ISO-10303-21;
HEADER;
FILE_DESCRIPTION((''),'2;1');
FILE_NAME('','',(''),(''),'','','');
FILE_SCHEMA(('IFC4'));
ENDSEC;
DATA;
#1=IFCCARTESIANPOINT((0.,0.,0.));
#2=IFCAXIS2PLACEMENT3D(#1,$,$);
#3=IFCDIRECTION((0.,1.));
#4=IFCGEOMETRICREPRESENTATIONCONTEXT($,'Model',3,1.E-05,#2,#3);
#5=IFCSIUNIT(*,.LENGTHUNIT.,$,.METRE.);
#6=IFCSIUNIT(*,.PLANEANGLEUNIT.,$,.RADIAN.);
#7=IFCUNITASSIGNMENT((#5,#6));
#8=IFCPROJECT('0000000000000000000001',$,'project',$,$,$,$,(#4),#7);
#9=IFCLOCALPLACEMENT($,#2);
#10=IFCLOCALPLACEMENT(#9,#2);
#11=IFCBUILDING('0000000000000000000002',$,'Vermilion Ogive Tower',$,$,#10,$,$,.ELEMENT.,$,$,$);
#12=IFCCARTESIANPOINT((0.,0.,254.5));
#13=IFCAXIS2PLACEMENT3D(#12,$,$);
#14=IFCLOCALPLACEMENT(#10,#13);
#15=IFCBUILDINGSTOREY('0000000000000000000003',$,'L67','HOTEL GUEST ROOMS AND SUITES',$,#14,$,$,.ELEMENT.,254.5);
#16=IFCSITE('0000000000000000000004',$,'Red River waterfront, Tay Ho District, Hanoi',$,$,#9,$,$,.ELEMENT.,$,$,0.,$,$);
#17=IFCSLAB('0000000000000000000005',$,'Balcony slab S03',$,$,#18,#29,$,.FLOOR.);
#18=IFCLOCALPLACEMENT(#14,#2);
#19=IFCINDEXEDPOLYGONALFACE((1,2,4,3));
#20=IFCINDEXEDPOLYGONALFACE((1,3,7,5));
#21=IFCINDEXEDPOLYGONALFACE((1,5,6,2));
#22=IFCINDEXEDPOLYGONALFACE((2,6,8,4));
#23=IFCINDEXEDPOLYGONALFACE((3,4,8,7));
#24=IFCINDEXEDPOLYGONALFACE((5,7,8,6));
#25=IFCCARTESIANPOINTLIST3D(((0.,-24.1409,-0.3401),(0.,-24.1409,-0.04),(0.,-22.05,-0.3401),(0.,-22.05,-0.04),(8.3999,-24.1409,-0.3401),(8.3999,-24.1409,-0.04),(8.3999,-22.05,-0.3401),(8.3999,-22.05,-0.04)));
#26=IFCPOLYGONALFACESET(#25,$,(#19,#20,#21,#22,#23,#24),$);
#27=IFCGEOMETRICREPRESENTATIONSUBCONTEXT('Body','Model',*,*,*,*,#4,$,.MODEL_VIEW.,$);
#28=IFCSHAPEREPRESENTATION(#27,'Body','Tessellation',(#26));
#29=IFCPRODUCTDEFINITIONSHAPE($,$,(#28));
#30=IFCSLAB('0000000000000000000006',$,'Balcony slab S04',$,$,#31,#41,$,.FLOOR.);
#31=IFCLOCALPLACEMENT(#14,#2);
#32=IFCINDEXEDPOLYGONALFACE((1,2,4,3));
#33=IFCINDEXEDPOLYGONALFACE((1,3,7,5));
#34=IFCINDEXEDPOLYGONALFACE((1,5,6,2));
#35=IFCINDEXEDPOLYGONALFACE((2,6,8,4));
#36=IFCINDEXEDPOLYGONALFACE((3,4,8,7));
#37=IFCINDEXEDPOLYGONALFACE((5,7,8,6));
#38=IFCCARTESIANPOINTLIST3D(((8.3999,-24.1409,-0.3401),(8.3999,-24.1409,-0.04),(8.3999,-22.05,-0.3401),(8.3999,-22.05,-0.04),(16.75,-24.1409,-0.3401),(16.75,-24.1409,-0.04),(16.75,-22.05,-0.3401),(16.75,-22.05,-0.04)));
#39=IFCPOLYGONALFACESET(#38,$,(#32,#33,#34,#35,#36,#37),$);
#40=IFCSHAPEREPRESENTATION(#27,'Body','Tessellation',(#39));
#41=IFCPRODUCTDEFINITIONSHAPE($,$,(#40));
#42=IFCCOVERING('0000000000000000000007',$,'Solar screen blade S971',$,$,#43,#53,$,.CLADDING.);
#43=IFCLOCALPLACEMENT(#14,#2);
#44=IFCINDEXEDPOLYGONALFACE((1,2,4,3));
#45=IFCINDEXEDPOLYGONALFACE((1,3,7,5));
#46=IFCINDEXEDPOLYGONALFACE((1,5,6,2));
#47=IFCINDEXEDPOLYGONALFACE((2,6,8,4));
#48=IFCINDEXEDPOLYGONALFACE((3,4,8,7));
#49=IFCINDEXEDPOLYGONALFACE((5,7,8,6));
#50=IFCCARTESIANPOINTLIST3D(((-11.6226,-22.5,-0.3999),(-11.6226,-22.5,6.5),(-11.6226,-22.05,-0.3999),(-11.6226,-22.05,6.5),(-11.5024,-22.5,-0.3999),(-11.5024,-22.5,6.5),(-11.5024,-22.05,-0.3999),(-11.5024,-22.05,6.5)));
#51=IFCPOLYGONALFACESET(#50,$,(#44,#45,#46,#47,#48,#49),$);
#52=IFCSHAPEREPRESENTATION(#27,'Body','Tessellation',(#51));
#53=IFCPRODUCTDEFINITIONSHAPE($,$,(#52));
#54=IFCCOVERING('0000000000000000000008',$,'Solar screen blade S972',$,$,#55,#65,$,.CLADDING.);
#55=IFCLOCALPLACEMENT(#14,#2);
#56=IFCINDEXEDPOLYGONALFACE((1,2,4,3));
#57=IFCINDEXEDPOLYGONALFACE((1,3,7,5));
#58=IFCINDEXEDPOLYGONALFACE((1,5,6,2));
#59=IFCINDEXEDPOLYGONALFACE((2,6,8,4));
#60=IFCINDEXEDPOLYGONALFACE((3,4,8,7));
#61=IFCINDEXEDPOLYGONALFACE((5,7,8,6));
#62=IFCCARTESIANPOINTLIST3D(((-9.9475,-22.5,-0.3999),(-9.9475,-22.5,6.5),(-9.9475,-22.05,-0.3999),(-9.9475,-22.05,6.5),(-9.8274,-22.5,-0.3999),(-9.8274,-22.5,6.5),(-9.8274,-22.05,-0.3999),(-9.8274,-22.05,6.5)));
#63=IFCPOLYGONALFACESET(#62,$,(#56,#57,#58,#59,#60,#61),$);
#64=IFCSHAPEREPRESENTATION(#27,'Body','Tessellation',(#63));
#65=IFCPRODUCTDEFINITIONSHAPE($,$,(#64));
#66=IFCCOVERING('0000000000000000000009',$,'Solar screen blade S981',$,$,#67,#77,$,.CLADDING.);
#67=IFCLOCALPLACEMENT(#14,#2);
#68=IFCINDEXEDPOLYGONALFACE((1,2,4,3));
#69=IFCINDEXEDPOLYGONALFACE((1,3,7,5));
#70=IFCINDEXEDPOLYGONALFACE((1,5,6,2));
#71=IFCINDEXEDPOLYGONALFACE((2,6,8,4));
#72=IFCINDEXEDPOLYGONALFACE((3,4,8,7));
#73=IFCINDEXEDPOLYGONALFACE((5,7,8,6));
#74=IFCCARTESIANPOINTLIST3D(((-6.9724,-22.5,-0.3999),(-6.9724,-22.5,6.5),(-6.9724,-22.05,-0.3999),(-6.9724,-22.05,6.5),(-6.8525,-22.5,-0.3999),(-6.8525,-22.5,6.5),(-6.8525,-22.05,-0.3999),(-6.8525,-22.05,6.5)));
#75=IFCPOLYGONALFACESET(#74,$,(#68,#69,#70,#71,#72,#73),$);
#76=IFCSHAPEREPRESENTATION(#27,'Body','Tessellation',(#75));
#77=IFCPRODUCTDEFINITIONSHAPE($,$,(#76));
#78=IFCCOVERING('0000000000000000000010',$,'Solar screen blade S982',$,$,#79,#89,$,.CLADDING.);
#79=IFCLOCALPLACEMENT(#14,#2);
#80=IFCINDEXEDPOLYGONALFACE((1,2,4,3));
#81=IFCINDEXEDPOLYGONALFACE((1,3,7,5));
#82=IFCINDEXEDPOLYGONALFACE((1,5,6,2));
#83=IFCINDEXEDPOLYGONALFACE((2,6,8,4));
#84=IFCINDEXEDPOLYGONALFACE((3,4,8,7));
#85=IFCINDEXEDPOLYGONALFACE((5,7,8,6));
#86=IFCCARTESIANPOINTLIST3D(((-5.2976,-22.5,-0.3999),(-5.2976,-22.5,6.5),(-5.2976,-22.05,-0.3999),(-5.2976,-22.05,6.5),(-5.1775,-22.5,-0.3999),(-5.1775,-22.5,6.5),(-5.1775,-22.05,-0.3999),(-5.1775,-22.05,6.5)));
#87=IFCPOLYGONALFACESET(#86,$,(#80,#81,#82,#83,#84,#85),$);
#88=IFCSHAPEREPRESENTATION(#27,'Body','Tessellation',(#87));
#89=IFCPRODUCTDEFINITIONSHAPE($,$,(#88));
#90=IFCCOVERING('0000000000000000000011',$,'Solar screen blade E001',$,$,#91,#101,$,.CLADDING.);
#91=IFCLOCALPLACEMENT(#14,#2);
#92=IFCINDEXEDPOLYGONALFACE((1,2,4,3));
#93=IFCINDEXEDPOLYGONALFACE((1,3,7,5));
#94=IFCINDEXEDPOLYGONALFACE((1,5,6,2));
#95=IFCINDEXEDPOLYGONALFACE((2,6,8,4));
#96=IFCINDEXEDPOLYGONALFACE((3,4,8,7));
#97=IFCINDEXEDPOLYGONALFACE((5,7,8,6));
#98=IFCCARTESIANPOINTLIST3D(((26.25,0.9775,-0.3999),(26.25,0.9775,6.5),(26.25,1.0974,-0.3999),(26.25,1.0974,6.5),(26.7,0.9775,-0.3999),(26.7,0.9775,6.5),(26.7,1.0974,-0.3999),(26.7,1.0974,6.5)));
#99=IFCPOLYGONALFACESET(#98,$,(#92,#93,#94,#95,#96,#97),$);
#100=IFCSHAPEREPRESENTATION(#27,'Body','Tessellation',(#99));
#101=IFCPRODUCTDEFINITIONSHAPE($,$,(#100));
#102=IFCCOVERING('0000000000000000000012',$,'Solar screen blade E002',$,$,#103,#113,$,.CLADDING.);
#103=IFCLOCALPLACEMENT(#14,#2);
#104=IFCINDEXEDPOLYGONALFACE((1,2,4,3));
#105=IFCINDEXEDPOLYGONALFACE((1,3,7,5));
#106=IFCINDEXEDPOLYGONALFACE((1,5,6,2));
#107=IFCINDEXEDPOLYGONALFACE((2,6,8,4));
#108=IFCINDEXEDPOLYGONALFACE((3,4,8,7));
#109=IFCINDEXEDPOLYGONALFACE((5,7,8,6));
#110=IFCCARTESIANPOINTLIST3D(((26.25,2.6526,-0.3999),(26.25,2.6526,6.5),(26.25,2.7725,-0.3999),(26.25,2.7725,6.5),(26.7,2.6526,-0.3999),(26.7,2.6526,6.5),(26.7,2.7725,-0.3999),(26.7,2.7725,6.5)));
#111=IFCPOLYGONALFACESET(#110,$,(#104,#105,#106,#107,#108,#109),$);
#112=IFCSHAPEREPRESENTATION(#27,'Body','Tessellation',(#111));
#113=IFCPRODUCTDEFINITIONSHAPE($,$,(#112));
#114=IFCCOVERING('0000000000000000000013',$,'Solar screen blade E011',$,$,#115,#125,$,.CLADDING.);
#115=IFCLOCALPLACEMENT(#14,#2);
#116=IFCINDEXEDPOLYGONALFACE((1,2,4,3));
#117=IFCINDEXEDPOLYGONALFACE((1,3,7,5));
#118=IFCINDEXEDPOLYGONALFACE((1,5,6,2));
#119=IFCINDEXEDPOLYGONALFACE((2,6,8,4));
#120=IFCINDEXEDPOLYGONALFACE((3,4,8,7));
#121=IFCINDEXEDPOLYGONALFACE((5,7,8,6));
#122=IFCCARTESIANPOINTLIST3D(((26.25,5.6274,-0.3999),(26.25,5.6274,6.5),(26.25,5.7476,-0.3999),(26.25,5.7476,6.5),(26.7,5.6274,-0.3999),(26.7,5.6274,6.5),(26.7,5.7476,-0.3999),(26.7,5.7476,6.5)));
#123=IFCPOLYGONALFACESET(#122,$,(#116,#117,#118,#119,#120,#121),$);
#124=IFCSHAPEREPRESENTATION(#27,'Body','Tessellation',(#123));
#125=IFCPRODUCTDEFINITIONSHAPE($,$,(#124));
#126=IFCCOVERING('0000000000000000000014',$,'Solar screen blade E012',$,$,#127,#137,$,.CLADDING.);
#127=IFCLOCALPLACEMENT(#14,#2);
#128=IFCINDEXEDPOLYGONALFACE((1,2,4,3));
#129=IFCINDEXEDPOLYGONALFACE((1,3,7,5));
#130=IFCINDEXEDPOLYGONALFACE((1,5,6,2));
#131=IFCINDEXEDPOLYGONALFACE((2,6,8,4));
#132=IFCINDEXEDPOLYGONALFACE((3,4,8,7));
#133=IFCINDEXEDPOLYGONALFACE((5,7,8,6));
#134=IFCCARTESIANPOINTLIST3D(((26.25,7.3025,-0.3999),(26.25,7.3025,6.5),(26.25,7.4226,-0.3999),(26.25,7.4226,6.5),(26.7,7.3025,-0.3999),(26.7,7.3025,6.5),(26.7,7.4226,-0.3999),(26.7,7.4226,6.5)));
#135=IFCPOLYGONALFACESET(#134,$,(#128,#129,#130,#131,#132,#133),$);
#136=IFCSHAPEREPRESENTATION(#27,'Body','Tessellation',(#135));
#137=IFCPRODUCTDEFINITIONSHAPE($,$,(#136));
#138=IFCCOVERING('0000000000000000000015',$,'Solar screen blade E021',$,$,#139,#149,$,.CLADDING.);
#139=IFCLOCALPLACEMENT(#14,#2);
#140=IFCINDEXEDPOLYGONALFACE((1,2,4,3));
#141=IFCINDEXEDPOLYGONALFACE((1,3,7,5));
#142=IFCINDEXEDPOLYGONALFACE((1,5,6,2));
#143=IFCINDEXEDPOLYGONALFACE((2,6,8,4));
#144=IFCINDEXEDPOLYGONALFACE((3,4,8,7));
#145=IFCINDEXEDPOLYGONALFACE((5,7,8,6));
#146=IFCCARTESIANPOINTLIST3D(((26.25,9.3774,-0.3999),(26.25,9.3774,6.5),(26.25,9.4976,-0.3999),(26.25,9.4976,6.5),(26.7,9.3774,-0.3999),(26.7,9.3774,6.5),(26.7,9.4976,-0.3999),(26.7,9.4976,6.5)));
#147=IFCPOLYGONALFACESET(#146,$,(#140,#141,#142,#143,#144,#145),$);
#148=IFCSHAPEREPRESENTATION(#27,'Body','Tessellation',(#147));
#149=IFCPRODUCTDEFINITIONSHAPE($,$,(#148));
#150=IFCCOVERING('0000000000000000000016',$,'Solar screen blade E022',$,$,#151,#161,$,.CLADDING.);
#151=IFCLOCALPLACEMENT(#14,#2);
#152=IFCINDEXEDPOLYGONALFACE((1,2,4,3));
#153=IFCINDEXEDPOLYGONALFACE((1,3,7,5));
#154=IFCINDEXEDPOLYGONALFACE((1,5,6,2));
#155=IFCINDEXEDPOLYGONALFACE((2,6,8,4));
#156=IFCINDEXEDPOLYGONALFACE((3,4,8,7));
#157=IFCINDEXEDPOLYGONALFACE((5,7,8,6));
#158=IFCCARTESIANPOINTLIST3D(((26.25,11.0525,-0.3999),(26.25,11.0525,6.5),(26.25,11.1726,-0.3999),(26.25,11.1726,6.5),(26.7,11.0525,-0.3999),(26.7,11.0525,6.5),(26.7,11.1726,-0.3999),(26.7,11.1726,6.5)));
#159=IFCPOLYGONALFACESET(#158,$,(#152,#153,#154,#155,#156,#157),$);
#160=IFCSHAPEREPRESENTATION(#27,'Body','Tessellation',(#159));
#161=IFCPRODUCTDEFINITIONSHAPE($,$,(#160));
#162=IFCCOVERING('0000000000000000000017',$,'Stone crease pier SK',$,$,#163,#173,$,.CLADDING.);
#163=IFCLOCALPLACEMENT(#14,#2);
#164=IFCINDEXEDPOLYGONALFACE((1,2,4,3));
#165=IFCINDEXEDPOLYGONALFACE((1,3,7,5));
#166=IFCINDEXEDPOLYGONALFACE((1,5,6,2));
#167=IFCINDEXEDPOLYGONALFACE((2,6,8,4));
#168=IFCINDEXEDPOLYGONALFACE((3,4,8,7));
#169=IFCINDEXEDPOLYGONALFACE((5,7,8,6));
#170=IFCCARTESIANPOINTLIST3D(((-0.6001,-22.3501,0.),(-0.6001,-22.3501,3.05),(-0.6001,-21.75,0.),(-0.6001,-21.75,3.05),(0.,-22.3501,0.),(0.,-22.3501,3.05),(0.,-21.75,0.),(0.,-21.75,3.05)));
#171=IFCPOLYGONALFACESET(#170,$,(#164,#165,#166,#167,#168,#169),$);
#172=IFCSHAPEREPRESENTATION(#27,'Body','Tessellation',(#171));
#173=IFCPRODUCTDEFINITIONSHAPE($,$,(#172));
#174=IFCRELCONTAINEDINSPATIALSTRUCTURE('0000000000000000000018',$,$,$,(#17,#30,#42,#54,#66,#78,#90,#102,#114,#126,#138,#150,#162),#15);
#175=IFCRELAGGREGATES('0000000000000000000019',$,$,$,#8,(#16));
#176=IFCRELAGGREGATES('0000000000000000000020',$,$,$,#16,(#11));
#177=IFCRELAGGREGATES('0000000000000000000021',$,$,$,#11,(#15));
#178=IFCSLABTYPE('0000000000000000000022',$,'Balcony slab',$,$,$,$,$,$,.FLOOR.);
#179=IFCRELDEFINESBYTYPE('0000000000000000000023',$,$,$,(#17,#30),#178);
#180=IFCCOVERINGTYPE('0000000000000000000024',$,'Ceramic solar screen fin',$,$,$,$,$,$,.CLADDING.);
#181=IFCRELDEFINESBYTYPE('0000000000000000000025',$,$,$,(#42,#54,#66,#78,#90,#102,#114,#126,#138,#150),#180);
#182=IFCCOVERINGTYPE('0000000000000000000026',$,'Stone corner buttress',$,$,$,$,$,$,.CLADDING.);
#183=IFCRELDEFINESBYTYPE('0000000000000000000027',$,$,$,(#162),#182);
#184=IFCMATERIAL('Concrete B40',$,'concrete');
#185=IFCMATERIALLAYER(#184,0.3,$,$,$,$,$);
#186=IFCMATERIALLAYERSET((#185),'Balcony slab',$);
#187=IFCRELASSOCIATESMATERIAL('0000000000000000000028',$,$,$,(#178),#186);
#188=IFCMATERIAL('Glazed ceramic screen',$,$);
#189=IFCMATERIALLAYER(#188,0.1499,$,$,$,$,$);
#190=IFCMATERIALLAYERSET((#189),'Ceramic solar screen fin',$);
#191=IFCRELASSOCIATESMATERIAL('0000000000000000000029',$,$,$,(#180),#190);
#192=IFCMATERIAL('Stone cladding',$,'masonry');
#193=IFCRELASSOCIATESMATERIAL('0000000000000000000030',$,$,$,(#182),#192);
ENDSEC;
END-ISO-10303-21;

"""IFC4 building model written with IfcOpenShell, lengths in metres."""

from ifc_helpers import new_model, si_unit, direction, frame, origin, place, context, subcontext, project, spatial, polyline, outline, extrude, material, layer, layer_set, type_object, element, save


model = new_model("IFC4")

# Units and contexts
model_context = context("Model", 3, precision=1e-05, world=origin(), true_north=direction((0.0, 1.0)))
body_context = subcontext(model_context, "Body", "Model", "MODEL_VIEW")
ifc_project = project(units=[si_unit("LENGTHUNIT", "METRE"), si_unit("PLANEANGLEUNIT", "RADIAN")], contexts=[model_context])

# Site, building, storey
site_placement = place(None, origin())
site = spatial("IfcSite", under=ifc_project, at=site_placement, Name="Red River waterfront, Tay Ho District, Hanoi", CompositionType="ELEMENT", RefElevation=0.0)
building_placement = place(site_placement, origin())
building = spatial("IfcBuilding", under=site, at=building_placement, Name="Vermilion Ogive Tower", CompositionType="ELEMENT")
storey_placement = place(building_placement, frame((0.0, 0.0, 254.5)))
storey = spatial("IfcBuildingStorey", under=building, at=storey_placement, Name="L67", Description="HOTEL GUEST ROOMS AND SUITES", CompositionType="ELEMENT", Elevation=254.5)

# Slabs
ifc_material_1 = material(Name="Concrete B40", Category="concrete")
ifc_layer_1 = layer(ifc_material_1, 0.3)
ifc_layer_set_1 = layer_set([ifc_layer_1], Name="Balcony slab")
slab_type = type_object("IfcSlabType", Name="Balcony slab", PredefinedType="FLOOR", material=ifc_layer_set_1)
slab_1_placement = place(storey_placement, frame((0.0, 0.0, -0.3401)))
element("IfcSlab", 1, at=slab_1_placement, inside=storey, type_object=slab_type, Name="Balcony slab S03", PredefinedType="FLOOR", context=body_context, shape_type="SweptSolid", body=[
    extrude(outline(polyline([(0.0, -24.1409), (8.3999, -24.1409), (8.3999, -22.05), (0.0, -22.05), (0.0, -24.1409)])), origin(), (0.0, 0.0, 1.0), 0.3),
])
slab_2_placement = place(storey_placement, frame((0.0, 0.0, -0.3401)))
element("IfcSlab", 2, at=slab_2_placement, inside=storey, type_object=slab_type, Name="Balcony slab S04", PredefinedType="FLOOR", context=body_context, shape_type="SweptSolid", body=[
    extrude(outline(polyline([(8.3999, -24.1409), (16.75, -24.1409), (16.75, -22.05), (8.3999, -22.05), (8.3999, -24.1409)])), origin(), (0.0, 0.0, 1.0), 0.3),
])

# Coverings
ifc_material_2 = material(Name="Glazed ceramic screen")
ifc_layer_2 = layer(ifc_material_2, 0.1499)
ifc_layer_set_2 = layer_set([ifc_layer_2], Name="Ceramic solar screen fin")
covering_type_1 = type_object("IfcCoveringType", Name="Ceramic solar screen fin", PredefinedType="CLADDING", material=ifc_layer_set_2)
covering_1_placement = place(storey_placement, frame((0.0, 0.0, -0.3999)))
element("IfcCovering", 3, at=covering_1_placement, inside=storey, type_object=covering_type_1, Name="Solar screen blade S971", PredefinedType="CLADDING", context=body_context, shape_type="SweptSolid", body=[
    extrude(outline(polyline([(-11.6226, -22.5), (-11.5024, -22.5), (-11.5024, -22.05), (-11.6226, -22.05), (-11.6226, -22.5)])), origin(), (0.0, 0.0, 1.0), 6.8999),
])
covering_2_placement = place(storey_placement, frame((0.0, 0.0, -0.3999)))
element("IfcCovering", 4, at=covering_2_placement, inside=storey, type_object=covering_type_1, Name="Solar screen blade S972", PredefinedType="CLADDING", context=body_context, shape_type="SweptSolid", body=[
    extrude(outline(polyline([(-9.9475, -22.5), (-9.8274, -22.5), (-9.8274, -22.05), (-9.9475, -22.05), (-9.9475, -22.5)])), origin(), (0.0, 0.0, 1.0), 6.8999),
])
covering_3_placement = place(storey_placement, frame((0.0, 0.0, -0.3999)))
element("IfcCovering", 5, at=covering_3_placement, inside=storey, type_object=covering_type_1, Name="Solar screen blade S981", PredefinedType="CLADDING", context=body_context, shape_type="SweptSolid", body=[
    extrude(outline(polyline([(-6.9724, -22.5), (-6.8525, -22.5), (-6.8525, -22.05), (-6.9724, -22.05), (-6.9724, -22.5)])), origin(), (0.0, 0.0, 1.0), 6.8999),
])
covering_4_placement = place(storey_placement, frame((0.0, 0.0, -0.3999)))
element("IfcCovering", 6, at=covering_4_placement, inside=storey, type_object=covering_type_1, Name="Solar screen blade S982", PredefinedType="CLADDING", context=body_context, shape_type="SweptSolid", body=[
    extrude(outline(polyline([(-5.2976, -22.5), (-5.1775, -22.5), (-5.1775, -22.05), (-5.2976, -22.05), (-5.2976, -22.5)])), origin(), (0.0, 0.0, 1.0), 6.8999),
])
covering_5_placement = place(storey_placement, frame((0.0, 0.0, -0.3999)))
element("IfcCovering", 7, at=covering_5_placement, inside=storey, type_object=covering_type_1, Name="Solar screen blade E001", PredefinedType="CLADDING", context=body_context, shape_type="SweptSolid", body=[
    extrude(outline(polyline([(26.7, 0.9775), (26.7, 1.0974), (26.25, 1.0974), (26.25, 0.9775), (26.7, 0.9775)])), origin(), (0.0, 0.0, 1.0), 6.8999),
])
covering_6_placement = place(storey_placement, frame((0.0, 0.0, -0.3999)))
element("IfcCovering", 8, at=covering_6_placement, inside=storey, type_object=covering_type_1, Name="Solar screen blade E002", PredefinedType="CLADDING", context=body_context, shape_type="SweptSolid", body=[
    extrude(outline(polyline([(26.7, 2.6526), (26.7, 2.7725), (26.25, 2.7725), (26.25, 2.6526), (26.7, 2.6526)])), origin(), (0.0, 0.0, 1.0), 6.8999),
])
covering_7_placement = place(storey_placement, frame((0.0, 0.0, -0.3999)))
element("IfcCovering", 9, at=covering_7_placement, inside=storey, type_object=covering_type_1, Name="Solar screen blade E011", PredefinedType="CLADDING", context=body_context, shape_type="SweptSolid", body=[
    extrude(outline(polyline([(26.7, 5.6274), (26.7, 5.7476), (26.25, 5.7476), (26.25, 5.6274), (26.7, 5.6274)])), origin(), (0.0, 0.0, 1.0), 6.8999),
])
covering_8_placement = place(storey_placement, frame((0.0, 0.0, -0.3999)))
element("IfcCovering", 10, at=covering_8_placement, inside=storey, type_object=covering_type_1, Name="Solar screen blade E012", PredefinedType="CLADDING", context=body_context, shape_type="SweptSolid", body=[
    extrude(outline(polyline([(26.7, 7.3025), (26.7, 7.4226), (26.25, 7.4226), (26.25, 7.3025), (26.7, 7.3025)])), origin(), (0.0, 0.0, 1.0), 6.8999),
])
covering_9_placement = place(storey_placement, frame((0.0, 0.0, -0.3999)))
element("IfcCovering", 11, at=covering_9_placement, inside=storey, type_object=covering_type_1, Name="Solar screen blade E021", PredefinedType="CLADDING", context=body_context, shape_type="SweptSolid", body=[
    extrude(outline(polyline([(26.7, 9.3774), (26.7, 9.4976), (26.25, 9.4976), (26.25, 9.3774), (26.7, 9.3774)])), origin(), (0.0, 0.0, 1.0), 6.8999),
])
covering_10_placement = place(storey_placement, frame((0.0, 0.0, -0.3999)))
element("IfcCovering", 12, at=covering_10_placement, inside=storey, type_object=covering_type_1, Name="Solar screen blade E022", PredefinedType="CLADDING", context=body_context, shape_type="SweptSolid", body=[
    extrude(outline(polyline([(26.7, 11.0525), (26.7, 11.1726), (26.25, 11.1726), (26.25, 11.0525), (26.7, 11.0525)])), origin(), (0.0, 0.0, 1.0), 6.8999),
])
ifc_material_3 = material(Name="Stone cladding", Category="masonry")
covering_type_2 = type_object("IfcCoveringType", Name="Stone corner buttress", PredefinedType="CLADDING", material=ifc_material_3)
covering_11_placement = place(storey_placement, origin())
element("IfcCovering", 13, at=covering_11_placement, inside=storey, type_object=covering_type_2, Name="Stone crease pier SK", PredefinedType="CLADDING", context=body_context, shape_type="SweptSolid", body=[
    extrude(outline(polyline([(-0.6001, -22.3501), (0.0, -22.3501), (0.0, -21.75), (-0.6001, -21.75), (-0.6001, -22.3501)])), origin(), (0.0, 0.0, 1.0), 3.05),
])

save(model, "model.ifc")
